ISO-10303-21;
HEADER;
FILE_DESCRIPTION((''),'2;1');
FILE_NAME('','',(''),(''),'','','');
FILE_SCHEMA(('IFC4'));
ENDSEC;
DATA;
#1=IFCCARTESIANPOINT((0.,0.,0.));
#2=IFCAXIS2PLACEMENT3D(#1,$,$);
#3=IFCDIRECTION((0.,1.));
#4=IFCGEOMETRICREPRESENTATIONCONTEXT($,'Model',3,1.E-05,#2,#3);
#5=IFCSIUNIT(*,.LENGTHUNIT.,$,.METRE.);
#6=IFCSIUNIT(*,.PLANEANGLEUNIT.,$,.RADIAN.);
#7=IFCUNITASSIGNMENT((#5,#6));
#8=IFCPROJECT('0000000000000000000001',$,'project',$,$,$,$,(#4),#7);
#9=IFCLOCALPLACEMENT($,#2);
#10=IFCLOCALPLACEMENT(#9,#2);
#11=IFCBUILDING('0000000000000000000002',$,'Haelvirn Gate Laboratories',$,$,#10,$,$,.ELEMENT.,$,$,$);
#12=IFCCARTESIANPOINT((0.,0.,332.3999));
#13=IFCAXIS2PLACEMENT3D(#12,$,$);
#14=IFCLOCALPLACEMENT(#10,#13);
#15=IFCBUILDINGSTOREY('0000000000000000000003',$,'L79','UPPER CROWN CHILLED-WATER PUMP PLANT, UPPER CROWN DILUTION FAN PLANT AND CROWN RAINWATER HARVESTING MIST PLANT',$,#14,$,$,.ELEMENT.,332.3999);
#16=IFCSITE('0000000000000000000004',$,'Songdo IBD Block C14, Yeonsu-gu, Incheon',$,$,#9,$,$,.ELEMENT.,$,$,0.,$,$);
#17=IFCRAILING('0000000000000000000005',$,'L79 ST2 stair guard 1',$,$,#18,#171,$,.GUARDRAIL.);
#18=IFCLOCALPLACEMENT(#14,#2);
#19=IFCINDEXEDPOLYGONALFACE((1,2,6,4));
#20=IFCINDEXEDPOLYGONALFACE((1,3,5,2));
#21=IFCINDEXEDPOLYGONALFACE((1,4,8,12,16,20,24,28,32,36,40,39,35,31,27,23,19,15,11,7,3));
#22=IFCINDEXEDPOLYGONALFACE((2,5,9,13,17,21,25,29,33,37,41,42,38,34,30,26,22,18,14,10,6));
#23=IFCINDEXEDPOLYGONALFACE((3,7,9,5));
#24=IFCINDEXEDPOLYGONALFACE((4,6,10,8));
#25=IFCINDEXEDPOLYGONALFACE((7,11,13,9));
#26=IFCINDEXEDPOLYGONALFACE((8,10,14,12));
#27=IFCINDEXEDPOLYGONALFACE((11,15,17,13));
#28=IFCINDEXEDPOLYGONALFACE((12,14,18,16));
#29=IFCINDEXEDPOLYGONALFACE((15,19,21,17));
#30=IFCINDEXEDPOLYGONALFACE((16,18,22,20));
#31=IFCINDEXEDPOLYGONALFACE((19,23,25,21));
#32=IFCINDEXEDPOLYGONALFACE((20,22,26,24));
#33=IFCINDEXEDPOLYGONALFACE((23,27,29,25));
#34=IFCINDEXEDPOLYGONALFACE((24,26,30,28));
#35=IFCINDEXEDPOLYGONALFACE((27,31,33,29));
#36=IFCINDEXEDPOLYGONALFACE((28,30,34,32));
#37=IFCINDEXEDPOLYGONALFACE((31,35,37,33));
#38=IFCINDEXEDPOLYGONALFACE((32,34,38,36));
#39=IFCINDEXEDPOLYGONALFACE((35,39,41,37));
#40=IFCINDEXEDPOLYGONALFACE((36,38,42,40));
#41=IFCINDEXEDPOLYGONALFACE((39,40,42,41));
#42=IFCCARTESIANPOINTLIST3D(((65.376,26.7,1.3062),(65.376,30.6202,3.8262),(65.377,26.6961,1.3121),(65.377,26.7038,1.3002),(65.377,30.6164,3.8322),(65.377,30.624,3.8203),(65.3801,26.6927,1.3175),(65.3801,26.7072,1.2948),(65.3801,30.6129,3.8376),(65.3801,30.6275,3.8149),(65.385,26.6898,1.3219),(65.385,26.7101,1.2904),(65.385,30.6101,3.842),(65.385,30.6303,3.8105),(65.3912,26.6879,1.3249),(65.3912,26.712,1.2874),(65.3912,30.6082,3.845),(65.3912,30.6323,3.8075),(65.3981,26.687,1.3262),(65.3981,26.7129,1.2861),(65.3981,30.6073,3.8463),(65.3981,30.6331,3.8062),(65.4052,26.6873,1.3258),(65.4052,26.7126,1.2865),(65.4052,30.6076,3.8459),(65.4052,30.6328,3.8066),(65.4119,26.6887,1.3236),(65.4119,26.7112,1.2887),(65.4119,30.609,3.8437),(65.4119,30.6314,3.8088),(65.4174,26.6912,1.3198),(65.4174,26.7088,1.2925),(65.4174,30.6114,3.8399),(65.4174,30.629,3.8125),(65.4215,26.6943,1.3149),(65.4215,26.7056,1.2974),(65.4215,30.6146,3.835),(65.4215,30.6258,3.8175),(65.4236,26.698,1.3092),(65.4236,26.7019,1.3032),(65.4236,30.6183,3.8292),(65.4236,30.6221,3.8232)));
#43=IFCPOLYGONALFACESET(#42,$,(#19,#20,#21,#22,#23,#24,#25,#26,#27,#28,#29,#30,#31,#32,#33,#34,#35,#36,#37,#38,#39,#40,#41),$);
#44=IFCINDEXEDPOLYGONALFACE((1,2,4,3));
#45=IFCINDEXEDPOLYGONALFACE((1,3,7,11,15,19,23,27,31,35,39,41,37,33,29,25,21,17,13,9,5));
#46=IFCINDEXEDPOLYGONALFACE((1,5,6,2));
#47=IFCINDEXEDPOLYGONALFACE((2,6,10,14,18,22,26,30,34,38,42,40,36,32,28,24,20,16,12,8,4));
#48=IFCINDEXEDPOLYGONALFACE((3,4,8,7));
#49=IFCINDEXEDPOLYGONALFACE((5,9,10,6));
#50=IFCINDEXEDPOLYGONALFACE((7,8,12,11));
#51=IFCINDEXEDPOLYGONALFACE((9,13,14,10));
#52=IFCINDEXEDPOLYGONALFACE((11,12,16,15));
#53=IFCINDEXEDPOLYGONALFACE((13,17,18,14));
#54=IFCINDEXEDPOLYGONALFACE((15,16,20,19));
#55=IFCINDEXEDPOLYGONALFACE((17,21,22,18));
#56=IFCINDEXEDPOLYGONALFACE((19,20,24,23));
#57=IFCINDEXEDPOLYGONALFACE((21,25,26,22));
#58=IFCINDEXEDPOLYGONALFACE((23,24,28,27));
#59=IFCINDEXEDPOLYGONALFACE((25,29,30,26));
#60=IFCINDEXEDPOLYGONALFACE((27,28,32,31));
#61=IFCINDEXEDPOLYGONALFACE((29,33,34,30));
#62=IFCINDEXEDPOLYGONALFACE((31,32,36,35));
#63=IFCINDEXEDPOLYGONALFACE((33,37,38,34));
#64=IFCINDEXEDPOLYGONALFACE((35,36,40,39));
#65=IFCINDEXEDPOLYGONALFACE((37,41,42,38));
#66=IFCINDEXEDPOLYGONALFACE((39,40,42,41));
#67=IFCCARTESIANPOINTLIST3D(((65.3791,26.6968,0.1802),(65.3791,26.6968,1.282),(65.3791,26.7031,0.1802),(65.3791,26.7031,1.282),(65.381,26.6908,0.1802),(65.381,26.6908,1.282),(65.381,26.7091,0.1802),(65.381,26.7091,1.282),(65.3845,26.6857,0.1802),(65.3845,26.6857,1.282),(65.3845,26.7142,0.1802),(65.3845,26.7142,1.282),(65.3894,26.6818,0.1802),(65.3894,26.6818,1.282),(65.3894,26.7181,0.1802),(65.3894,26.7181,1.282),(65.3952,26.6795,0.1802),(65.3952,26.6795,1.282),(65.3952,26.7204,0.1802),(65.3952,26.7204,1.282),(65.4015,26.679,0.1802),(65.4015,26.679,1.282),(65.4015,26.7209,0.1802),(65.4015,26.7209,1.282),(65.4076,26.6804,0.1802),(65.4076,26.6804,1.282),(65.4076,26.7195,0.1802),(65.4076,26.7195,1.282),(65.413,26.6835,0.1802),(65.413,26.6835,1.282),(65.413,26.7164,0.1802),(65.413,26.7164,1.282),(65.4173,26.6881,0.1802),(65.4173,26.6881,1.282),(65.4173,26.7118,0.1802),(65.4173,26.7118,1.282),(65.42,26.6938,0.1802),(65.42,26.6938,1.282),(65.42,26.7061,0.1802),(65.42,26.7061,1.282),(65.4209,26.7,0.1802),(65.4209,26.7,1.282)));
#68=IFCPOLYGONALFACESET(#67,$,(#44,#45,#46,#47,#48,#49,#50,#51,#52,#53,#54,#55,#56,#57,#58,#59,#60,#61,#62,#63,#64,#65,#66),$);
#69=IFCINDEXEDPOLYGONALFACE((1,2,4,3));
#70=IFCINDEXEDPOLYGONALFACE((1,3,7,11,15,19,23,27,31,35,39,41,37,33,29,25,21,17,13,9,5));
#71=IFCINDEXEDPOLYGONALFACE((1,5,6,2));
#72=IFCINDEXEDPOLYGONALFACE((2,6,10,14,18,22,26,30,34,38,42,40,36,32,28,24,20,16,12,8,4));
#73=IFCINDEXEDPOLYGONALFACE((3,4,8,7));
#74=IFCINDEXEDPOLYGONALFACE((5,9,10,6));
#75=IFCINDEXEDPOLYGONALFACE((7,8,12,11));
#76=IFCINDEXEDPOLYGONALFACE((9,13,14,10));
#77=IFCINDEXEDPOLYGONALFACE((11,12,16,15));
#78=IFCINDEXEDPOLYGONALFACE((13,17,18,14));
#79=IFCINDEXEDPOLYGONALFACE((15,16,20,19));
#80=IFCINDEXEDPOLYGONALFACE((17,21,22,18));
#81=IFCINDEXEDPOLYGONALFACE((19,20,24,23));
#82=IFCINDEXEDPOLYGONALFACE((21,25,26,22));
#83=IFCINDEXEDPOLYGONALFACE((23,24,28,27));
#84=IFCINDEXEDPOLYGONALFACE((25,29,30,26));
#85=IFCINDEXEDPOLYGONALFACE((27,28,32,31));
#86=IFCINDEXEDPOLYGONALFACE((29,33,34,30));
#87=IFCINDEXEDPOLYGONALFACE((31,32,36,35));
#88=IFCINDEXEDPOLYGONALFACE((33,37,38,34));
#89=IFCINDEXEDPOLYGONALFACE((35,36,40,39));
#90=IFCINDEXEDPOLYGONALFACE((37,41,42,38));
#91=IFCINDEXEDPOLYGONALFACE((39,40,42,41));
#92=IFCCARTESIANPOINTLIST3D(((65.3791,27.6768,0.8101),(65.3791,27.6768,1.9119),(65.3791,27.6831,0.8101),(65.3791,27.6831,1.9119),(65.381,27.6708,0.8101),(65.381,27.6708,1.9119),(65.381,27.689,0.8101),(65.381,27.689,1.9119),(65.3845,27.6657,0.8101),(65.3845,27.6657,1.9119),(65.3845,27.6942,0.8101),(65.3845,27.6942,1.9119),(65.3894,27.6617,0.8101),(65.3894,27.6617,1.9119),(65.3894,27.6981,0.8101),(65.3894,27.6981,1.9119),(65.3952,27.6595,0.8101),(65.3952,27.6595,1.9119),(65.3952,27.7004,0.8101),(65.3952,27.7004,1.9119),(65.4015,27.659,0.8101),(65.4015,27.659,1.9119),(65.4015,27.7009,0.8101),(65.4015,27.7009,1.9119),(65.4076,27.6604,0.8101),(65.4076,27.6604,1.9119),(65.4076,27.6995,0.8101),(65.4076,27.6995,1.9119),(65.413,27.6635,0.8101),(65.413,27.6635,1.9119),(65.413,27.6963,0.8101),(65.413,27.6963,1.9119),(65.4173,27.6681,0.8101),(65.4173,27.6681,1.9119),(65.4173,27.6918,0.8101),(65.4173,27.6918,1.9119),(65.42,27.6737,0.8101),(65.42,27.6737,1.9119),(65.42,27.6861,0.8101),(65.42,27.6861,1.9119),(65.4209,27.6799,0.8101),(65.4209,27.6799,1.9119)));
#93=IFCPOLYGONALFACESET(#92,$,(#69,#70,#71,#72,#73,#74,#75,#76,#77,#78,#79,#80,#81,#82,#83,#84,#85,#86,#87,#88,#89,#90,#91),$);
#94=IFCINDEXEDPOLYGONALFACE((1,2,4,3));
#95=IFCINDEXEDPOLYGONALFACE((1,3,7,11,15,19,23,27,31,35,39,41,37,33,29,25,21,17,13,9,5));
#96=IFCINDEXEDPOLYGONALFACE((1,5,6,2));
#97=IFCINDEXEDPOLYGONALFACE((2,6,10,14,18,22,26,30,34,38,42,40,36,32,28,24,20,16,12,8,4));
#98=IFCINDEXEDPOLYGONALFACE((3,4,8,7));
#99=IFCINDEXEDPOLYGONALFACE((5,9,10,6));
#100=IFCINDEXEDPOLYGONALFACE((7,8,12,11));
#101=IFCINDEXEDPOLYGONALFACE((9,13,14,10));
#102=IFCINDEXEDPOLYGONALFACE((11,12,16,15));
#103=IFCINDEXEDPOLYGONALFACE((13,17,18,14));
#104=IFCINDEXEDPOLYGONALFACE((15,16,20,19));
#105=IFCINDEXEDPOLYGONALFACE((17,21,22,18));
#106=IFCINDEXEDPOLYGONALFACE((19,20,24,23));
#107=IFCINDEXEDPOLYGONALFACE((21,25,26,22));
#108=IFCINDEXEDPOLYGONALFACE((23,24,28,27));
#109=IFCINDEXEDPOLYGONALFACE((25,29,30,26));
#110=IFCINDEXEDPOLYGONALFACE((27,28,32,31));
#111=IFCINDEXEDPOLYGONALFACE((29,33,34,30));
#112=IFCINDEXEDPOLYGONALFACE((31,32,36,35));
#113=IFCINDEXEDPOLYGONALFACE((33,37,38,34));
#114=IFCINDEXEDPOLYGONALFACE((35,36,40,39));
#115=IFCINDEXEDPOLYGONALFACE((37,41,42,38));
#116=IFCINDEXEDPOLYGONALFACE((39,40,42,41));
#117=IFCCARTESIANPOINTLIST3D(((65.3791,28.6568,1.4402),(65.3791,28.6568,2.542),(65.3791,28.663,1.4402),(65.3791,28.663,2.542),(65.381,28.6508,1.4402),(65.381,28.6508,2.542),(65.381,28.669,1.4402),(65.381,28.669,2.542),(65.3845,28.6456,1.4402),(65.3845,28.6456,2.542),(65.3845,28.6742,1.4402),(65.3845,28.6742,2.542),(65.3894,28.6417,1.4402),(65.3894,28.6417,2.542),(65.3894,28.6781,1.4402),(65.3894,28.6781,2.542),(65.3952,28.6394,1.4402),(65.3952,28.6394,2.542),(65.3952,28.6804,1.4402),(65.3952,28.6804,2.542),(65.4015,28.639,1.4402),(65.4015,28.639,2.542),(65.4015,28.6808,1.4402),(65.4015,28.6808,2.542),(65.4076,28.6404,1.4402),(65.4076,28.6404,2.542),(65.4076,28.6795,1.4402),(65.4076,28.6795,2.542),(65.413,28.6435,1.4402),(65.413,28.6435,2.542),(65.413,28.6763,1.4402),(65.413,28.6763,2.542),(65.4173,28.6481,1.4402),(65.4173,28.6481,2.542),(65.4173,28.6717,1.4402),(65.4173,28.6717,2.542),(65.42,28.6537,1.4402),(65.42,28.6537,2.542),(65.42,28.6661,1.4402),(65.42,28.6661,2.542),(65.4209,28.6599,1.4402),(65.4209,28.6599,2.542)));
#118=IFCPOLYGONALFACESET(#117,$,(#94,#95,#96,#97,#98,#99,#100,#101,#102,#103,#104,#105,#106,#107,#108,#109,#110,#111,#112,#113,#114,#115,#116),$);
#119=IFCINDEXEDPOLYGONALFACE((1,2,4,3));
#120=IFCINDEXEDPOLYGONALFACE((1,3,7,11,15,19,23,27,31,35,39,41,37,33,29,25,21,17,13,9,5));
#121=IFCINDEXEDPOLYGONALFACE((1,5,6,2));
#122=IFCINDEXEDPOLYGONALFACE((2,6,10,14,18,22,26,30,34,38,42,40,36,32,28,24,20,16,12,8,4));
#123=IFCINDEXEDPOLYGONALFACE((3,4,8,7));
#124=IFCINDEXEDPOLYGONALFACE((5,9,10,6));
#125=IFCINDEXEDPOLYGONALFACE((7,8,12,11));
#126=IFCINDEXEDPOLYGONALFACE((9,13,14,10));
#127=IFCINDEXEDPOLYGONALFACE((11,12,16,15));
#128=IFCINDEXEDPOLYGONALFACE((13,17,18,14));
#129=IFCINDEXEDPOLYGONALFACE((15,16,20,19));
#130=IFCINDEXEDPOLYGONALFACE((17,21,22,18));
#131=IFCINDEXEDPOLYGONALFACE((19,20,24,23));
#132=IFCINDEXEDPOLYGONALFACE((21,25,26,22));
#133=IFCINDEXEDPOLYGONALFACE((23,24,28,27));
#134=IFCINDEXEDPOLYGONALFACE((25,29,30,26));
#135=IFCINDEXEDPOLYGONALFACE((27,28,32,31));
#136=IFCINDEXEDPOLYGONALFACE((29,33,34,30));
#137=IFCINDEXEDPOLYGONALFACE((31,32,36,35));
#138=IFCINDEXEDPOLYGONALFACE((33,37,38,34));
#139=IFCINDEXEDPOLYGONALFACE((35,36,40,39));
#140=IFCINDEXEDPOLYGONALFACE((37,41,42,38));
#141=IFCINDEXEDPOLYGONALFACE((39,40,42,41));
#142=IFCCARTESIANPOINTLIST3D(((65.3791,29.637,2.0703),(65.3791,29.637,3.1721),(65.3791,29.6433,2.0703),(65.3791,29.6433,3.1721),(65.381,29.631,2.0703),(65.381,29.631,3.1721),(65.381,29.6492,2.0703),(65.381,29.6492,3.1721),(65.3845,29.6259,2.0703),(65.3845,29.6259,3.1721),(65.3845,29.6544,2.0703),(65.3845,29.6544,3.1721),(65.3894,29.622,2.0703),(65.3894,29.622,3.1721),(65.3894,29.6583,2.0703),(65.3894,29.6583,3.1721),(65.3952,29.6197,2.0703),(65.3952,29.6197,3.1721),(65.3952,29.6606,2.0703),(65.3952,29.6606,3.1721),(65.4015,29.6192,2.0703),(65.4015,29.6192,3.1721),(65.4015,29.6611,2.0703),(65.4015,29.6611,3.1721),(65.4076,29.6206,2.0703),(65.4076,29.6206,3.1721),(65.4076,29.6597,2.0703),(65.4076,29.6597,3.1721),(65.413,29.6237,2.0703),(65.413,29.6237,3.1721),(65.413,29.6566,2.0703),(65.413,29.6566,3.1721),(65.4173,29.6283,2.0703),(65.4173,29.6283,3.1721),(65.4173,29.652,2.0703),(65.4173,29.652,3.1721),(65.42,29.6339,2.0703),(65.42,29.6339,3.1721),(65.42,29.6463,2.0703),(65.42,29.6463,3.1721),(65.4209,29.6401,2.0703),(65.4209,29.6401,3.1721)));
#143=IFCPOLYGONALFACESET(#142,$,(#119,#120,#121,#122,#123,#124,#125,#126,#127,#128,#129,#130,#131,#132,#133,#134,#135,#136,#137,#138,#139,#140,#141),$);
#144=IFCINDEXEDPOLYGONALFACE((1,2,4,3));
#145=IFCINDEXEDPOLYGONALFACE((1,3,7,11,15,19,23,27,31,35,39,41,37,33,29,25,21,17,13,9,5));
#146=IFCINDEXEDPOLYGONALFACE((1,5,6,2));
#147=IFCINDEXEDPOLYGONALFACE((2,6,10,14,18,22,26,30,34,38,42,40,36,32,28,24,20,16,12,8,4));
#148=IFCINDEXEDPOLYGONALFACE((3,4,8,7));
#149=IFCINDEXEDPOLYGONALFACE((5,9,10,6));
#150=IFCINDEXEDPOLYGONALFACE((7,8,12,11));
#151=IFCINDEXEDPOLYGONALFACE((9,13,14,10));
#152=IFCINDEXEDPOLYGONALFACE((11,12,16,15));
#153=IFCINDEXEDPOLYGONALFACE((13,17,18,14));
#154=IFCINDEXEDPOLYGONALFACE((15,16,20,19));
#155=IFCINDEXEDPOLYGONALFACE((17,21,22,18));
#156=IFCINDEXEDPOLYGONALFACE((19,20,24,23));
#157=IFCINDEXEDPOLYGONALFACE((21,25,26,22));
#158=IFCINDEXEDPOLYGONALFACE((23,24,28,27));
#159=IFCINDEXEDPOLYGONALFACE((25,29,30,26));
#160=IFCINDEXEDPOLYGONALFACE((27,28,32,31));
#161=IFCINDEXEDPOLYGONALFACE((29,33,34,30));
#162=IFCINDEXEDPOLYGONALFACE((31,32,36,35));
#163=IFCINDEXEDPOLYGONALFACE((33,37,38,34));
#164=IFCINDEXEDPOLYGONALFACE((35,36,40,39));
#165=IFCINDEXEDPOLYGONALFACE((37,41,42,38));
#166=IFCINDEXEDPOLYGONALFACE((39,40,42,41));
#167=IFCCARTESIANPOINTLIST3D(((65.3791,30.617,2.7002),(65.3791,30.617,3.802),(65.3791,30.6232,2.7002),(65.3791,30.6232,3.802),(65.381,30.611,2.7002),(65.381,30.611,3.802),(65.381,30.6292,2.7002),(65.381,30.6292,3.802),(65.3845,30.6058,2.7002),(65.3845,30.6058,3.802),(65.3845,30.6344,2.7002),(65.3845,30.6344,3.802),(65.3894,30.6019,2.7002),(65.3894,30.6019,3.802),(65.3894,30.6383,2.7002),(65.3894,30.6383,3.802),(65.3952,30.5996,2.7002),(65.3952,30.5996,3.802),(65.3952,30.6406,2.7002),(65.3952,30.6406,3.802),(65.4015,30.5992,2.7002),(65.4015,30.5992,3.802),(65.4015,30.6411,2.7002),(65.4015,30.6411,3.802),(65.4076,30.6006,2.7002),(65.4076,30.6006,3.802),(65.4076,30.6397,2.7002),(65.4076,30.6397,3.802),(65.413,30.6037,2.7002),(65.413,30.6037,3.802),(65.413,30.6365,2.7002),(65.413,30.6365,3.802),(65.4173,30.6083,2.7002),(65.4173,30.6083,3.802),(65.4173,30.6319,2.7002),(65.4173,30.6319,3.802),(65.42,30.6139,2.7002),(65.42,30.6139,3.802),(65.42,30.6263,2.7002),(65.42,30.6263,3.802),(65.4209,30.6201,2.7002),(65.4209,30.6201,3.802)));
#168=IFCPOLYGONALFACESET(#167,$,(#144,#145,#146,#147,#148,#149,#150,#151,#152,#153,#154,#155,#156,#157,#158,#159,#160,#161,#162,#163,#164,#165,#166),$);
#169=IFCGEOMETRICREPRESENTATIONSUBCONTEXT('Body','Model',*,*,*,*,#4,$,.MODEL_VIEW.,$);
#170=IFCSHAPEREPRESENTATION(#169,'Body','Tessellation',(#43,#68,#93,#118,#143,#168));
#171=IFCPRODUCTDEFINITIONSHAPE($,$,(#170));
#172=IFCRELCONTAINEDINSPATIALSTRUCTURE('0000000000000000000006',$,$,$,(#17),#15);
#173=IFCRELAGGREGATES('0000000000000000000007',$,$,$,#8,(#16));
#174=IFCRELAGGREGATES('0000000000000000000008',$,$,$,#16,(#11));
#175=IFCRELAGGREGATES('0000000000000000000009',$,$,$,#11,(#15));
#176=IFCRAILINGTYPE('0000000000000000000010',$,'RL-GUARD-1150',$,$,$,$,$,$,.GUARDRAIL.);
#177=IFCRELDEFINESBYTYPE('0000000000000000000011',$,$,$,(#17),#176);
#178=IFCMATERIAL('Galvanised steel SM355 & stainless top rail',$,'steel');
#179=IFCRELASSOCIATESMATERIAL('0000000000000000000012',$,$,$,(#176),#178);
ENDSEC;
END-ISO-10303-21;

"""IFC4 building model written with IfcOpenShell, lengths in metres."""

from ifc_helpers import new_model, si_unit, direction, frame, origin, origin_2d, place, context, subcontext, project, spatial, circle, extrude, source, transform, mapped, material, type_object, element, save


model = new_model("IFC4")

# Units and contexts
model_context = context("Model", 3, precision=1e-05, world=origin(), true_north=direction((0.0, 1.0)))
body_context = subcontext(model_context, "Body", "Model", "MODEL_VIEW")
ifc_project = project(units=[si_unit("LENGTHUNIT", "METRE"), si_unit("PLANEANGLEUNIT", "RADIAN")], contexts=[model_context])

# Site, building, storey
site_placement = place(None, origin())
site = spatial("IfcSite", under=ifc_project, at=site_placement, Name="Songdo IBD Block C14, Yeonsu-gu, Incheon", CompositionType="ELEMENT", RefElevation=0.0)
building_placement = place(site_placement, origin())
building = spatial("IfcBuilding", under=site, at=building_placement, Name="Haelvirn Gate Laboratories", CompositionType="ELEMENT")
storey_placement = place(building_placement, frame((0.0, 0.0, 332.3999)))
storey = spatial("IfcBuildingStorey", under=building, at=storey_placement, Name="L79", Description="UPPER CROWN CHILLED-WATER PUMP PLANT, UPPER CROWN DILUTION FAN PLANT AND CROWN RAINWATER HARVESTING MIST PLANT", CompositionType="ELEMENT", Elevation=332.3999)

# Railing
ifc_material_1 = material(Name="Galvanised steel SM355 & stainless top rail", Category="steel")
railing_type_1 = type_object("IfcRailingType", Name="RL-GUARD-1150", PredefinedType="GUARDRAIL", material=ifc_material_1)
shared_shape_1 = source(origin(), body_context, "Body", "SweptSolid", [
    extrude(circle(Radius=0.0239, at=origin_2d()), frame((0.0, 0.0, 1.126), z_axis=(0.0, 0.841187, 0.540744), x_axis=(-1.0, 0.0, 0.0)), (0.0, 0.0, 1.0), 4.6604),
    extrude(circle(Radius=0.021, at=origin_2d()), origin(), (0.0, 0.0, 1.0), 1.1018),
    extrude(circle(Radius=0.021, at=origin_2d()), frame((0.0, 0.98, 0.6299)), (0.0, 0.0, 1.0), 1.1018),
    extrude(circle(Radius=0.021, at=origin_2d()), frame((0.0, 1.96, 1.26)), (0.0, 0.0, 1.0), 1.1018),
    extrude(circle(Radius=0.021, at=origin_2d()), frame((0.0, 2.9402, 1.8901)), (0.0, 0.0, 1.0), 1.1018),
    extrude(circle(Radius=0.021, at=origin_2d()), frame((0.0, 3.9202, 2.52)), (0.0, 0.0, 1.0), 1.1018),
])
railing_1_placement = place(storey_placement, frame((65.3999, 26.7, 0.1802)))
element("IfcRailing", 1, at=railing_1_placement, inside=storey, type_object=railing_type_1, Name="L79 ST2 stair guard 1", PredefinedType="GUARDRAIL", context=body_context, shape_type="MappedRepresentation", body=[
    mapped(shared_shape_1, transform((0.0, 0.0, 0.0), scale=1.0)),
])

save(model, "model.ifc")
